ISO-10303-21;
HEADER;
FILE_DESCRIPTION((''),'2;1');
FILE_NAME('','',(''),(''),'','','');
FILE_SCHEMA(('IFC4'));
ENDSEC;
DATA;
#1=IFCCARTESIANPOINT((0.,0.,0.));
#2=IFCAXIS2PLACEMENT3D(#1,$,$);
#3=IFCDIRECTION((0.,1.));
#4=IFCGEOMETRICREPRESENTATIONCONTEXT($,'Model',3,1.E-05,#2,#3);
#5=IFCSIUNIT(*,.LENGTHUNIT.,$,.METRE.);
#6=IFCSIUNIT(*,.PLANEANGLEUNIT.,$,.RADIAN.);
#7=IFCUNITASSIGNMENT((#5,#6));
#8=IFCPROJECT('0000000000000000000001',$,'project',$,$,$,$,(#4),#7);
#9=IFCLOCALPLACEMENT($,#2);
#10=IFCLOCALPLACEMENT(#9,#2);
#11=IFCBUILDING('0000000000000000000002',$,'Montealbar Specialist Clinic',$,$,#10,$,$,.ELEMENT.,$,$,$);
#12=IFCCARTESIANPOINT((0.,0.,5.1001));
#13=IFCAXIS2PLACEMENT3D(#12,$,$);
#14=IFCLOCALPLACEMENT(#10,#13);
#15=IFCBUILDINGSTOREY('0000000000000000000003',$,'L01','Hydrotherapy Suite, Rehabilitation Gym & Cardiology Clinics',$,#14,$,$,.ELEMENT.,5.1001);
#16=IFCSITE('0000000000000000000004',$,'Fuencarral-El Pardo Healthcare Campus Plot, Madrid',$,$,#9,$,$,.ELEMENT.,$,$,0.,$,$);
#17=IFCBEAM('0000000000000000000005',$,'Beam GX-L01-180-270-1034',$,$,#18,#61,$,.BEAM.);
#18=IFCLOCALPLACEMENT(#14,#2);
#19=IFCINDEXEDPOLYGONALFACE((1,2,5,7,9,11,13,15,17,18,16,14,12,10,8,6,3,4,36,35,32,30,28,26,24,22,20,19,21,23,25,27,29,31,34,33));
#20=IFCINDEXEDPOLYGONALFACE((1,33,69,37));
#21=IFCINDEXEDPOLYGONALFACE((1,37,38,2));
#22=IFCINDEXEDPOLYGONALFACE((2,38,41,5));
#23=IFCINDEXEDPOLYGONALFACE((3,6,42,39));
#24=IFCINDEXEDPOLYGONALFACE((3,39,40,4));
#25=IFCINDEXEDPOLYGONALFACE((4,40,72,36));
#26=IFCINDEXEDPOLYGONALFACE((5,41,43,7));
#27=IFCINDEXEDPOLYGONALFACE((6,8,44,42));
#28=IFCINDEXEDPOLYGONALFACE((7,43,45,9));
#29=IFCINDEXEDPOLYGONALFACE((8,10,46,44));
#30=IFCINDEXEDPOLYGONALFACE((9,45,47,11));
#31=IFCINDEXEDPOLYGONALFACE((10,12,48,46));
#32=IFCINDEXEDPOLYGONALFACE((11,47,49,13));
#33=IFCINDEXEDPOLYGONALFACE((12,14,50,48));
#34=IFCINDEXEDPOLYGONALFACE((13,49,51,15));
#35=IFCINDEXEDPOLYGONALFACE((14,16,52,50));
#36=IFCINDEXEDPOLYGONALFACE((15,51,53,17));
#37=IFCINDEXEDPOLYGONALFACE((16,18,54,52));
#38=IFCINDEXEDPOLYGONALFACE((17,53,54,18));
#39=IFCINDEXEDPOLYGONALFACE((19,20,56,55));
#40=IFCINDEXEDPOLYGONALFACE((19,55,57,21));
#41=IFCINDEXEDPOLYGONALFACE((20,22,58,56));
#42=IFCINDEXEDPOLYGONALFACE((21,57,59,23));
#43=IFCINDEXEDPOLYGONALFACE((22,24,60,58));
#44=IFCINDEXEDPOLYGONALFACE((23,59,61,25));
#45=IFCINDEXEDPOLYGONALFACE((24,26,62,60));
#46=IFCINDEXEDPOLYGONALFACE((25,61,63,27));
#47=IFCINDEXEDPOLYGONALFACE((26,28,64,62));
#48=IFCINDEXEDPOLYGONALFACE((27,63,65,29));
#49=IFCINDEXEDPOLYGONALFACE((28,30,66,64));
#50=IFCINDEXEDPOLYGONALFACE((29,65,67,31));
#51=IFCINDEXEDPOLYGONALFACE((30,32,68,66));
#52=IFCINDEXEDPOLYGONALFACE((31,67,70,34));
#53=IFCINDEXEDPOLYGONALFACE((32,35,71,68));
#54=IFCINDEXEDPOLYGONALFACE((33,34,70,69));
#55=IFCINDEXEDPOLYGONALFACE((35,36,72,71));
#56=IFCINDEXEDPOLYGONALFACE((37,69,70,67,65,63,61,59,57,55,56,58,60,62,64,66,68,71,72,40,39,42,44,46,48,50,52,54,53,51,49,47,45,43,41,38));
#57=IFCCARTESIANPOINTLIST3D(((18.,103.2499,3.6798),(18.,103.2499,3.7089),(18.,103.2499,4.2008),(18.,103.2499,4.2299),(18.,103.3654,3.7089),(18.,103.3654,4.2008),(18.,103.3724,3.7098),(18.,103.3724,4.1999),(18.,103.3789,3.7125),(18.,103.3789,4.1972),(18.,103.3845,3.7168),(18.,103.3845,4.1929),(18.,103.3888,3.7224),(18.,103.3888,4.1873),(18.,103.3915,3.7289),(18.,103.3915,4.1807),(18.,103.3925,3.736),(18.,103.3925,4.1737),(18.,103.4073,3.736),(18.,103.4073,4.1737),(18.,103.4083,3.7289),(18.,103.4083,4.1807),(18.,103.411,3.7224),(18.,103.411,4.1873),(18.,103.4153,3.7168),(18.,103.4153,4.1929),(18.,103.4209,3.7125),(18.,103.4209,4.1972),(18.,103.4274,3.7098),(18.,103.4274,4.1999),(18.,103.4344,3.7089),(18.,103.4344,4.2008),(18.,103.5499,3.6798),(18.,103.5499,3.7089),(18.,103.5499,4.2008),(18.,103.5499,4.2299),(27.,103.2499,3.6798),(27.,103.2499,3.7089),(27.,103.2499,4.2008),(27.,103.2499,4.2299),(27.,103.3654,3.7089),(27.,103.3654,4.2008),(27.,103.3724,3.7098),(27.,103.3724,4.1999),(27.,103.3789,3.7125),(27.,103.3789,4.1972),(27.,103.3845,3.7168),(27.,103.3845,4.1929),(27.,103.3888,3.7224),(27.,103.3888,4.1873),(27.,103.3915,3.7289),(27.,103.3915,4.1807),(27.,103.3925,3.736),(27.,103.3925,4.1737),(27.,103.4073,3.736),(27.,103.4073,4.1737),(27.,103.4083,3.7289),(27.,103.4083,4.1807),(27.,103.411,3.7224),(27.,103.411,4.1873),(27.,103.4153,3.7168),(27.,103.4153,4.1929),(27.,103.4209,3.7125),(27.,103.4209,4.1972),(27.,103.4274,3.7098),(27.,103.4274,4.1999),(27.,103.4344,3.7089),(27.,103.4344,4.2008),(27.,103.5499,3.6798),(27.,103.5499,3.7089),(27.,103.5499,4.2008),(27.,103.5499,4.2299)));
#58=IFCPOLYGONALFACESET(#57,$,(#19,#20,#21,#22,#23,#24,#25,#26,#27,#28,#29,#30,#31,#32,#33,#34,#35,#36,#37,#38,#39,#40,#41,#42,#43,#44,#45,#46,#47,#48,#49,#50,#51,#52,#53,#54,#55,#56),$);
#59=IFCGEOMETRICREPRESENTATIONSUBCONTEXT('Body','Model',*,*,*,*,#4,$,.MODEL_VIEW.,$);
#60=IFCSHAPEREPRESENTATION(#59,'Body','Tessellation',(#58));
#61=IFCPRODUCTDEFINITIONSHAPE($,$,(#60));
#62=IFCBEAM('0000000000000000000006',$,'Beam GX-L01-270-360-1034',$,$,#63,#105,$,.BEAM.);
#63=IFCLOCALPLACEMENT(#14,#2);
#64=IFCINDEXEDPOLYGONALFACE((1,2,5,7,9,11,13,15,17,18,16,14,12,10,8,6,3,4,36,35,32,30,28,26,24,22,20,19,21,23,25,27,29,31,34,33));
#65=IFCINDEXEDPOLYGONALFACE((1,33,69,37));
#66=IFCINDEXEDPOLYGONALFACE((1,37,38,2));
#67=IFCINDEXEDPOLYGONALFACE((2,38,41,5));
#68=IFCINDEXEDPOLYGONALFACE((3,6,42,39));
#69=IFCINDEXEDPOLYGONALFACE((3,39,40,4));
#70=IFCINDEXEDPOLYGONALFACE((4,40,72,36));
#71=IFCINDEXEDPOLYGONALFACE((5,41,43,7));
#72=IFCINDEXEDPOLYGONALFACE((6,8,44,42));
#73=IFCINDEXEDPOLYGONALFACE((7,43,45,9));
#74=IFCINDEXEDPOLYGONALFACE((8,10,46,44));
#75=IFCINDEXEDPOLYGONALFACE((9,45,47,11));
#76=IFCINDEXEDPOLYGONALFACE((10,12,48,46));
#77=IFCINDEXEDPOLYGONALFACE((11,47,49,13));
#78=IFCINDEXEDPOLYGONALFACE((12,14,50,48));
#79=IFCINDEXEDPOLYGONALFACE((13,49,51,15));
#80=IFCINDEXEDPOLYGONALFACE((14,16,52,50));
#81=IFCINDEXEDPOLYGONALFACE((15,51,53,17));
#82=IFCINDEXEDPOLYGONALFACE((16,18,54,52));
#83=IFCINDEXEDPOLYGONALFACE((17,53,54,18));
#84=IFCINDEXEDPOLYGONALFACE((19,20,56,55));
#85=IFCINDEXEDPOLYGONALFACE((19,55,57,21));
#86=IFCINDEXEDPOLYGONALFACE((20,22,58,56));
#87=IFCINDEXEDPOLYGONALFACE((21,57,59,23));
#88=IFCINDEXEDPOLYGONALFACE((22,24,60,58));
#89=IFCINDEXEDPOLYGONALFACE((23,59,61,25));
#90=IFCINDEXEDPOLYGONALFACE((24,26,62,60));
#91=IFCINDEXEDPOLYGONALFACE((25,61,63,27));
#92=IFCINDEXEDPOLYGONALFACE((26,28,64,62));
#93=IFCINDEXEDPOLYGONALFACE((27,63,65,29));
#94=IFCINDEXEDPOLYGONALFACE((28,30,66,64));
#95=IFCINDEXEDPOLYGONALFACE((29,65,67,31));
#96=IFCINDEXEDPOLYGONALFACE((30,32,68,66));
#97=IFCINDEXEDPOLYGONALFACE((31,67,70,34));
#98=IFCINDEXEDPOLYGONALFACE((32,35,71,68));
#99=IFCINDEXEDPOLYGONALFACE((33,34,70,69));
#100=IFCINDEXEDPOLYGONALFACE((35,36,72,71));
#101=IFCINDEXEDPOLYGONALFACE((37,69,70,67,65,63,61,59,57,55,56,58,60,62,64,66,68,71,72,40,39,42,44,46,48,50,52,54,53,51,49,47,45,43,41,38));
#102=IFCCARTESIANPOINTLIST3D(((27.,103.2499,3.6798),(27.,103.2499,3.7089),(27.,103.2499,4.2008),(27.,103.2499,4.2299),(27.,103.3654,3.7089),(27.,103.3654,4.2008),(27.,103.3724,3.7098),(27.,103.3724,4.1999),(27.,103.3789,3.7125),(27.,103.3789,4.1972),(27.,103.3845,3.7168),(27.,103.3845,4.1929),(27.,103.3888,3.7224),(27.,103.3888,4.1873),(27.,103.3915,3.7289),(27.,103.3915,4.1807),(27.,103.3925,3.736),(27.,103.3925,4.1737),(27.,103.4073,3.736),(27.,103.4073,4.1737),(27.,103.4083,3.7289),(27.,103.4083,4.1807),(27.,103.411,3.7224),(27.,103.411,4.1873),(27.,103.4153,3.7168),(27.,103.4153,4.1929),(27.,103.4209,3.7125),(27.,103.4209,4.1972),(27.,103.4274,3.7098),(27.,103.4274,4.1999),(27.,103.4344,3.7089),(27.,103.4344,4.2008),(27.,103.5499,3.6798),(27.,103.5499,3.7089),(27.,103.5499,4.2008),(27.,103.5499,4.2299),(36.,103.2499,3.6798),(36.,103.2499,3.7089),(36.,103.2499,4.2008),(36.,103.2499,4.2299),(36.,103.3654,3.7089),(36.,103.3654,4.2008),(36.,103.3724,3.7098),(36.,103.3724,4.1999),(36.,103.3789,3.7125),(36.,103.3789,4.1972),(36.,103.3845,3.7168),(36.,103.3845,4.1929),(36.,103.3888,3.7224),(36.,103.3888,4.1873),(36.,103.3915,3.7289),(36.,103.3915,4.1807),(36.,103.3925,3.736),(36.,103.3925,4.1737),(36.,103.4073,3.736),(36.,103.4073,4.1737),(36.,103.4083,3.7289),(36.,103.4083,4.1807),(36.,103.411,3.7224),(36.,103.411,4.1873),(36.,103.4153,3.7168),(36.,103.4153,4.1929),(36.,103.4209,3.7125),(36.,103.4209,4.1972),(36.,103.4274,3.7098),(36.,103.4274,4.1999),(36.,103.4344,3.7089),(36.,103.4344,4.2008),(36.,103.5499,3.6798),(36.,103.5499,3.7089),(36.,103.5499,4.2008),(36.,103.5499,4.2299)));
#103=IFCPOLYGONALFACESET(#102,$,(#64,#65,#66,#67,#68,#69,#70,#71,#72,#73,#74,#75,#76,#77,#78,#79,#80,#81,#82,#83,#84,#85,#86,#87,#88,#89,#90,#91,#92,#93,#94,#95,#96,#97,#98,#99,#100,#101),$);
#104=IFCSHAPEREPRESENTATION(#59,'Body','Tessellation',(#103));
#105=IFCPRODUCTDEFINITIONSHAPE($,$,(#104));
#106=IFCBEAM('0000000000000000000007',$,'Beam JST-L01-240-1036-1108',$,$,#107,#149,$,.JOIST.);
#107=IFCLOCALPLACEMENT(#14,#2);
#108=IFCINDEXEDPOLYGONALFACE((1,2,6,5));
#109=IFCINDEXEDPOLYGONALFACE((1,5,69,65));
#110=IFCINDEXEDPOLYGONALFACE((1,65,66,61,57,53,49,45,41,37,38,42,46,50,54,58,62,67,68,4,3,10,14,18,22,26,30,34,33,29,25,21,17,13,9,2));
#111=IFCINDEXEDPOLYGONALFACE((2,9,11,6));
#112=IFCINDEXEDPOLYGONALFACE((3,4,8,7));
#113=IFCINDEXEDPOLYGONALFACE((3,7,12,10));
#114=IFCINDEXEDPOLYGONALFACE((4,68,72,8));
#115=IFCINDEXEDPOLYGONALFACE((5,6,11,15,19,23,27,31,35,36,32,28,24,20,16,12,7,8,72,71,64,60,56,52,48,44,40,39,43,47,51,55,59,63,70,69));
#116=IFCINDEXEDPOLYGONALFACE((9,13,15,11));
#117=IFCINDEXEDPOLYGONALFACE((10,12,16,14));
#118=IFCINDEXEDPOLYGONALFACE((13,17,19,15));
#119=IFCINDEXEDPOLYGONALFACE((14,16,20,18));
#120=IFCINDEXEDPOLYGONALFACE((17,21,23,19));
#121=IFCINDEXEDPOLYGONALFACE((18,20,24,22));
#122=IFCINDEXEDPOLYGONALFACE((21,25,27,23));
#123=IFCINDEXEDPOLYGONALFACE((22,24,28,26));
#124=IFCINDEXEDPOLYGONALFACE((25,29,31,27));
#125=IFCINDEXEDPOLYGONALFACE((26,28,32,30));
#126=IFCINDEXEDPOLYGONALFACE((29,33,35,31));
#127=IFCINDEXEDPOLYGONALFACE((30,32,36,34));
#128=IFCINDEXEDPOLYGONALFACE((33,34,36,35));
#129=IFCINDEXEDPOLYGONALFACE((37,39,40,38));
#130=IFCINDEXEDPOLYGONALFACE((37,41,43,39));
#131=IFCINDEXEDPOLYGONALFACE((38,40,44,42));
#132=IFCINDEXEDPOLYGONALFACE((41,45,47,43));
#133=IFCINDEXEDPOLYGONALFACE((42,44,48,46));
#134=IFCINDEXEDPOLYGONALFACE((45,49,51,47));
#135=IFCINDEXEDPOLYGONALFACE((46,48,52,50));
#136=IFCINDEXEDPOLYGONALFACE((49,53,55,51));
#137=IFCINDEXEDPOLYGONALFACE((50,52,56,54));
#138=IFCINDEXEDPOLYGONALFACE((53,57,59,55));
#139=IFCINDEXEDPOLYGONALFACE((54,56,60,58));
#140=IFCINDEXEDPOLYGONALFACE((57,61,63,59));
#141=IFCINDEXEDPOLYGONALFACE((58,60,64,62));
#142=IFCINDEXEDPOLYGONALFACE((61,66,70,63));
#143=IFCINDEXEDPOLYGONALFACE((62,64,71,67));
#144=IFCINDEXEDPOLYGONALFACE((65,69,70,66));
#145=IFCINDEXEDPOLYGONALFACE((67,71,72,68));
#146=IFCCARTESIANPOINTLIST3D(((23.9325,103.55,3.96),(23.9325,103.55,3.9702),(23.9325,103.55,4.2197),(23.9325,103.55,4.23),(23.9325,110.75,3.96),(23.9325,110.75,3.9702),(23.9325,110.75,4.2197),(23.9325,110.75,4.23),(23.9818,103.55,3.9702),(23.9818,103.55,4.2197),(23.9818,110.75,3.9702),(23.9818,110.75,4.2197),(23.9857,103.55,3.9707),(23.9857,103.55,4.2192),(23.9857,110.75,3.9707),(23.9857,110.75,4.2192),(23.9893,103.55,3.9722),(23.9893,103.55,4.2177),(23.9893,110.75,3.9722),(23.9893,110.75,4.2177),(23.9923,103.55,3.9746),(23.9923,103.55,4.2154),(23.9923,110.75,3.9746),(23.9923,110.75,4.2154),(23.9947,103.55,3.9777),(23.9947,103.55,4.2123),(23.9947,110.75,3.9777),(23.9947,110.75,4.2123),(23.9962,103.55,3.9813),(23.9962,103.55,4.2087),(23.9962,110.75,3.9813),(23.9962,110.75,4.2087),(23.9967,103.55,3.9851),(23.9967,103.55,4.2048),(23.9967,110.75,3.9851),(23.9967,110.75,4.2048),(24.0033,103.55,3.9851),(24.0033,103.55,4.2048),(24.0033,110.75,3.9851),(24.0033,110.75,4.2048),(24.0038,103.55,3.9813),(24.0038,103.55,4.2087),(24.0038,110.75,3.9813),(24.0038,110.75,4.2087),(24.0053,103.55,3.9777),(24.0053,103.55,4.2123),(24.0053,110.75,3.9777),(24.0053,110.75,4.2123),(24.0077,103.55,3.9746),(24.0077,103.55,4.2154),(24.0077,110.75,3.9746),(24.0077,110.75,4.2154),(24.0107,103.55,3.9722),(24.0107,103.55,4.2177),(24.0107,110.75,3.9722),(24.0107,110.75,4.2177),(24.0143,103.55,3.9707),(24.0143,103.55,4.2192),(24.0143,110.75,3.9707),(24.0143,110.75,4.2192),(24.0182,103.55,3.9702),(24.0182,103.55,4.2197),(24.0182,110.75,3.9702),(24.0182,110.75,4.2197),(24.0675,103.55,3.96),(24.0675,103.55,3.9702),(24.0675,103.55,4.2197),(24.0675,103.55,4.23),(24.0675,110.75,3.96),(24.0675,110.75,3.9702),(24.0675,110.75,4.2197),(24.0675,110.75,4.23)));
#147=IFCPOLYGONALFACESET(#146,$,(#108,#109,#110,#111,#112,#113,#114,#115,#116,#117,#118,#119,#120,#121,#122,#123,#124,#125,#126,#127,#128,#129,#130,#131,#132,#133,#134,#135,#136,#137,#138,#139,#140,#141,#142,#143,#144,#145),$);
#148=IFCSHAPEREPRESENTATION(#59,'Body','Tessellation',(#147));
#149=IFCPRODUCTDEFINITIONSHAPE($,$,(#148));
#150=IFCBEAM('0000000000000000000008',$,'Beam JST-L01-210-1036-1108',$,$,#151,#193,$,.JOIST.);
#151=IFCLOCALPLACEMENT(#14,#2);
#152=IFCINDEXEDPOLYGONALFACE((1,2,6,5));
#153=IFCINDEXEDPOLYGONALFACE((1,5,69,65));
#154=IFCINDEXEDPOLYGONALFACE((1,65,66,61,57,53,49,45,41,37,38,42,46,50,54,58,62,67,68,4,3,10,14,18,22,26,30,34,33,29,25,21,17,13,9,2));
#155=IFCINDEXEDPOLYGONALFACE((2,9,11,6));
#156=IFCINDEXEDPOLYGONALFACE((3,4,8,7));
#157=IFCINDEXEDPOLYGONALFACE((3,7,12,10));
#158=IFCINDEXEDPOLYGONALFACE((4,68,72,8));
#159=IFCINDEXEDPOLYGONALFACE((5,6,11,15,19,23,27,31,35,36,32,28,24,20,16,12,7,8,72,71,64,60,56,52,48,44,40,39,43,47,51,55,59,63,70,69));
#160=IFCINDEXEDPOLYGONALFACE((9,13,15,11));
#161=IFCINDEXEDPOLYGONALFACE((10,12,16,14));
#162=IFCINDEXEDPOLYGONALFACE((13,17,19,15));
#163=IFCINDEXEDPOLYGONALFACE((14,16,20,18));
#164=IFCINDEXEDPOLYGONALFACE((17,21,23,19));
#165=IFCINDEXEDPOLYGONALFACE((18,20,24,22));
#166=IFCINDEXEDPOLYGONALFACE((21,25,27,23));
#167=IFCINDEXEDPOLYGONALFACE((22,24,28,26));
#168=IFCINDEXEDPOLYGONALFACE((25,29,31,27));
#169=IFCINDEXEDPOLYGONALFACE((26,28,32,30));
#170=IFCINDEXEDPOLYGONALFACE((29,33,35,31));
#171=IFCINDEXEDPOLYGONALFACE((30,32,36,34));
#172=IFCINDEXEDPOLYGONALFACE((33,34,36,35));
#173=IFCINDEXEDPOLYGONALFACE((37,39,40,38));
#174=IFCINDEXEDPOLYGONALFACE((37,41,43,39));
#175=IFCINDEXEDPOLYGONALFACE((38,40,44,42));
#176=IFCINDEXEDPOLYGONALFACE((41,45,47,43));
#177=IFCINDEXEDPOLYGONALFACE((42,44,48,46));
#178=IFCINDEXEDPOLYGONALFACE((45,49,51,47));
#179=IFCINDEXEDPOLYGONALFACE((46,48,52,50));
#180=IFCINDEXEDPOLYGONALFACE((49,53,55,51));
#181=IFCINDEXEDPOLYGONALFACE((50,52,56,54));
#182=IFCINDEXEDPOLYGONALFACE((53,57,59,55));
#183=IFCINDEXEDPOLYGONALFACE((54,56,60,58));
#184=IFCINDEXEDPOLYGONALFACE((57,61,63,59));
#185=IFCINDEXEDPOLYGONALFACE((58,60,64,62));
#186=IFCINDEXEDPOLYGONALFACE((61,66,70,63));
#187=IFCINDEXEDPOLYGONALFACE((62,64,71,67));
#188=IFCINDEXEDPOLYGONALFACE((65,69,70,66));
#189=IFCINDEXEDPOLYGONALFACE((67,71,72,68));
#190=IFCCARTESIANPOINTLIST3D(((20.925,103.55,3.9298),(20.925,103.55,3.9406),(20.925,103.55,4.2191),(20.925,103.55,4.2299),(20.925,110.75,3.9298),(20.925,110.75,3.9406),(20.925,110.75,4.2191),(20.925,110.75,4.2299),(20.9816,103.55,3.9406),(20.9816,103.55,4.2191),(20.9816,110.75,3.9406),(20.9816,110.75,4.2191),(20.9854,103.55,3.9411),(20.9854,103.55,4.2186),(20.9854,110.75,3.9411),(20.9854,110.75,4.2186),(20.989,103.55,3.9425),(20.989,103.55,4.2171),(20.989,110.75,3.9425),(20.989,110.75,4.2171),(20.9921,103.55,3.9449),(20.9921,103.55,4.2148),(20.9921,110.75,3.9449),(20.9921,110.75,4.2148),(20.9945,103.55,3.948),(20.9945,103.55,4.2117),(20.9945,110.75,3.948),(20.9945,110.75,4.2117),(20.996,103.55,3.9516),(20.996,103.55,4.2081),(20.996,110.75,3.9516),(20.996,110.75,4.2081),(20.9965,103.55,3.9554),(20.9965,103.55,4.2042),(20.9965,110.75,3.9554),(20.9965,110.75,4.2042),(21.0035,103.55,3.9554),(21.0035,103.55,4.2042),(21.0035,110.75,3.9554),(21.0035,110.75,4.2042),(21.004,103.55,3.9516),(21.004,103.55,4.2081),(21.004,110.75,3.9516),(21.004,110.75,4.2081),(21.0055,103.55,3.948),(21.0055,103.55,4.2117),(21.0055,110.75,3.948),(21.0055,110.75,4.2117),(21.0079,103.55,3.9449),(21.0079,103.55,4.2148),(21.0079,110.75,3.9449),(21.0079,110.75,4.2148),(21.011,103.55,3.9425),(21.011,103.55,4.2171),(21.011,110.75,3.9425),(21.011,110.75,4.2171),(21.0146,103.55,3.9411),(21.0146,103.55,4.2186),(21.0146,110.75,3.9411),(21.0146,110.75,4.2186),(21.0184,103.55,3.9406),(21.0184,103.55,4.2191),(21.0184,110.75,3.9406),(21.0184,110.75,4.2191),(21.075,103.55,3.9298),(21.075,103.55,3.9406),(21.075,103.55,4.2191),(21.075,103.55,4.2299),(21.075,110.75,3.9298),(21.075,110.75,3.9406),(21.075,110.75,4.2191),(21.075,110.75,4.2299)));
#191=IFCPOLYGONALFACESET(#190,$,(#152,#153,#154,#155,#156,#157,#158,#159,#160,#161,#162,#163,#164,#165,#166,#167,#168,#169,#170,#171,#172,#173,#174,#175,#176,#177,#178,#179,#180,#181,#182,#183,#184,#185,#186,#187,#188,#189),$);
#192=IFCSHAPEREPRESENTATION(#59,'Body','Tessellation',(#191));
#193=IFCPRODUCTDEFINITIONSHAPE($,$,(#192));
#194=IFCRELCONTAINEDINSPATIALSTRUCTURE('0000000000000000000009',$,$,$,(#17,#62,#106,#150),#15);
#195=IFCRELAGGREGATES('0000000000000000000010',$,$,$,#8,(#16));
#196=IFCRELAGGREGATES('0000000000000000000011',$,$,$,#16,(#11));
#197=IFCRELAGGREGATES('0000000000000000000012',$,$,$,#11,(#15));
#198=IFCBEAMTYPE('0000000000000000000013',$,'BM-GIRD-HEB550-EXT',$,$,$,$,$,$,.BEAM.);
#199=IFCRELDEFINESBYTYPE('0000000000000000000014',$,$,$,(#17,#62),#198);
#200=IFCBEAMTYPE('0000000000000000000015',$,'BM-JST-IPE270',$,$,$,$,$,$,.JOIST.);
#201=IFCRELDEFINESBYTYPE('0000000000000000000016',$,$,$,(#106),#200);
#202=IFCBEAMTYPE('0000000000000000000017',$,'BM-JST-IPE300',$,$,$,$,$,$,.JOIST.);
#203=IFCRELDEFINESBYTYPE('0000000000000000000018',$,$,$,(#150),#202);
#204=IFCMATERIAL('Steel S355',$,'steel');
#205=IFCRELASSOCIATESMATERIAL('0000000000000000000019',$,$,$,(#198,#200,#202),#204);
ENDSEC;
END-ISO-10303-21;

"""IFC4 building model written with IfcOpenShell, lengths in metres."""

from ifc_helpers import new_model, si_unit, direction, frame, origin, origin_2d, place, context, subcontext, project, spatial, i_section, extrude, material, material_profile, profile_set, type_object, element, save


model = new_model("IFC4")

# Units and contexts
model_context = context("Model", 3, precision=1e-05, world=origin(), true_north=direction((0.0, 1.0)))
body_context = subcontext(model_context, "Body", "Model", "MODEL_VIEW")
ifc_project = project(units=[si_unit("LENGTHUNIT", "METRE"), si_unit("PLANEANGLEUNIT", "RADIAN")], contexts=[model_context])

# Site, building, storey
site_placement = place(None, origin())
site = spatial("IfcSite", under=ifc_project, at=site_placement, Name="Fuencarral-El Pardo Healthcare Campus Plot, Madrid", CompositionType="ELEMENT", RefElevation=0.0)
building_placement = place(site_placement, origin())
building = spatial("IfcBuilding", under=site, at=building_placement, Name="Montealbar Specialist Clinic", CompositionType="ELEMENT")
storey_placement = place(building_placement, frame((0.0, 0.0, 5.1001)))
storey = spatial("IfcBuildingStorey", under=building, at=storey_placement, Name="L01", Description="Hydrotherapy Suite, Rehabilitation Gym & Cardiology Clinics", CompositionType="ELEMENT", Elevation=5.1001)

# Beams
ifc_material_1 = material(Name="Steel S355", Category="steel")
ifc_material_profile_1 = material_profile(ifc_material_1, i_section(OverallWidth=0.3, OverallDepth=0.55, WebThickness=0.0149, FlangeThickness=0.0291, FilletRadius=0.0271, at=origin_2d()), Name="HEB 550", Category="steel")
ifc_profile_set_1 = profile_set([ifc_material_profile_1], Name="Steel S355")
beam_type_1 = type_object("IfcBeamType", Name="BM-GIRD-HEB550-EXT", PredefinedType="BEAM", material=ifc_profile_set_1)
for number, where, z_axis, x_axis, name in (
    (1, (18.0, 103.3999, 3.9548), (1.0, 0.0, 0.0), (0.0, 1.0, 0.0), "Beam GX-L01-180-270-1034"),
    (2, (27.0, 103.3999, 3.9548), (1.0, 0.0, 0.0), (0.0, 1.0, 0.0), "Beam GX-L01-270-360-1034"),
):
    element("IfcBeam", number, at=place(storey_placement, frame(where, z_axis=z_axis, x_axis=x_axis)), inside=storey, type_object=beam_type_1, Name=name, PredefinedType="BEAM", context=body_context, shape_type="SweptSolid", body=[
        extrude(i_section(OverallWidth=0.3, OverallDepth=0.55, WebThickness=0.0149, FlangeThickness=0.0291, FilletRadius=0.0271, at=origin_2d()), origin(), (0.0, 0.0, 1.0), 9.0),
    ])
ifc_material_profile_2 = material_profile(ifc_material_1, i_section(OverallWidth=0.135, OverallDepth=0.27, WebThickness=0.0066, FlangeThickness=0.0103, FilletRadius=0.0149, at=origin_2d()), Name="IPE 270", Category="steel")
ifc_profile_set_2 = profile_set([ifc_material_profile_2], Name="Steel S355")
beam_type_2 = type_object("IfcBeamType", Name="BM-JST-IPE270", PredefinedType="JOIST", material=ifc_profile_set_2)
beam_1_placement = place(storey_placement, frame((24.0, 103.55, 4.095), z_axis=(0.0, 1.0, 0.0), x_axis=(-1.0, 0.0, 0.0)))
element("IfcBeam", 3, at=beam_1_placement, inside=storey, type_object=beam_type_2, Name="Beam JST-L01-240-1036-1108", PredefinedType="JOIST", context=body_context, shape_type="SweptSolid", body=[
    extrude(i_section(OverallWidth=0.135, OverallDepth=0.27, WebThickness=0.0066, FlangeThickness=0.0103, FilletRadius=0.0149, at=origin_2d()), origin(), (0.0, 0.0, 1.0), 7.2),
])
ifc_material_profile_3 = material_profile(ifc_material_1, i_section(OverallWidth=0.1499, OverallDepth=0.3, WebThickness=0.0071, FlangeThickness=0.0107, FilletRadius=0.0149, at=origin_2d()), Name="IPE 300", Category="steel")
ifc_profile_set_3 = profile_set([ifc_material_profile_3], Name="Steel S355")
beam_type_3 = type_object("IfcBeamType", Name="BM-JST-IPE300", PredefinedType="JOIST", material=ifc_profile_set_3)
beam_2_placement = place(storey_placement, frame((21.0, 103.55, 4.0798), z_axis=(0.0, 1.0, 0.0), x_axis=(-1.0, 0.0, 0.0)))
element("IfcBeam", 4, at=beam_2_placement, inside=storey, type_object=beam_type_3, Name="Beam JST-L01-210-1036-1108", PredefinedType="JOIST", context=body_context, shape_type="SweptSolid", body=[
    extrude(i_section(OverallWidth=0.1499, OverallDepth=0.3, WebThickness=0.0071, FlangeThickness=0.0107, FilletRadius=0.0149, at=origin_2d()), origin(), (0.0, 0.0, 1.0), 7.2),
])

save(model, "model.ifc")
